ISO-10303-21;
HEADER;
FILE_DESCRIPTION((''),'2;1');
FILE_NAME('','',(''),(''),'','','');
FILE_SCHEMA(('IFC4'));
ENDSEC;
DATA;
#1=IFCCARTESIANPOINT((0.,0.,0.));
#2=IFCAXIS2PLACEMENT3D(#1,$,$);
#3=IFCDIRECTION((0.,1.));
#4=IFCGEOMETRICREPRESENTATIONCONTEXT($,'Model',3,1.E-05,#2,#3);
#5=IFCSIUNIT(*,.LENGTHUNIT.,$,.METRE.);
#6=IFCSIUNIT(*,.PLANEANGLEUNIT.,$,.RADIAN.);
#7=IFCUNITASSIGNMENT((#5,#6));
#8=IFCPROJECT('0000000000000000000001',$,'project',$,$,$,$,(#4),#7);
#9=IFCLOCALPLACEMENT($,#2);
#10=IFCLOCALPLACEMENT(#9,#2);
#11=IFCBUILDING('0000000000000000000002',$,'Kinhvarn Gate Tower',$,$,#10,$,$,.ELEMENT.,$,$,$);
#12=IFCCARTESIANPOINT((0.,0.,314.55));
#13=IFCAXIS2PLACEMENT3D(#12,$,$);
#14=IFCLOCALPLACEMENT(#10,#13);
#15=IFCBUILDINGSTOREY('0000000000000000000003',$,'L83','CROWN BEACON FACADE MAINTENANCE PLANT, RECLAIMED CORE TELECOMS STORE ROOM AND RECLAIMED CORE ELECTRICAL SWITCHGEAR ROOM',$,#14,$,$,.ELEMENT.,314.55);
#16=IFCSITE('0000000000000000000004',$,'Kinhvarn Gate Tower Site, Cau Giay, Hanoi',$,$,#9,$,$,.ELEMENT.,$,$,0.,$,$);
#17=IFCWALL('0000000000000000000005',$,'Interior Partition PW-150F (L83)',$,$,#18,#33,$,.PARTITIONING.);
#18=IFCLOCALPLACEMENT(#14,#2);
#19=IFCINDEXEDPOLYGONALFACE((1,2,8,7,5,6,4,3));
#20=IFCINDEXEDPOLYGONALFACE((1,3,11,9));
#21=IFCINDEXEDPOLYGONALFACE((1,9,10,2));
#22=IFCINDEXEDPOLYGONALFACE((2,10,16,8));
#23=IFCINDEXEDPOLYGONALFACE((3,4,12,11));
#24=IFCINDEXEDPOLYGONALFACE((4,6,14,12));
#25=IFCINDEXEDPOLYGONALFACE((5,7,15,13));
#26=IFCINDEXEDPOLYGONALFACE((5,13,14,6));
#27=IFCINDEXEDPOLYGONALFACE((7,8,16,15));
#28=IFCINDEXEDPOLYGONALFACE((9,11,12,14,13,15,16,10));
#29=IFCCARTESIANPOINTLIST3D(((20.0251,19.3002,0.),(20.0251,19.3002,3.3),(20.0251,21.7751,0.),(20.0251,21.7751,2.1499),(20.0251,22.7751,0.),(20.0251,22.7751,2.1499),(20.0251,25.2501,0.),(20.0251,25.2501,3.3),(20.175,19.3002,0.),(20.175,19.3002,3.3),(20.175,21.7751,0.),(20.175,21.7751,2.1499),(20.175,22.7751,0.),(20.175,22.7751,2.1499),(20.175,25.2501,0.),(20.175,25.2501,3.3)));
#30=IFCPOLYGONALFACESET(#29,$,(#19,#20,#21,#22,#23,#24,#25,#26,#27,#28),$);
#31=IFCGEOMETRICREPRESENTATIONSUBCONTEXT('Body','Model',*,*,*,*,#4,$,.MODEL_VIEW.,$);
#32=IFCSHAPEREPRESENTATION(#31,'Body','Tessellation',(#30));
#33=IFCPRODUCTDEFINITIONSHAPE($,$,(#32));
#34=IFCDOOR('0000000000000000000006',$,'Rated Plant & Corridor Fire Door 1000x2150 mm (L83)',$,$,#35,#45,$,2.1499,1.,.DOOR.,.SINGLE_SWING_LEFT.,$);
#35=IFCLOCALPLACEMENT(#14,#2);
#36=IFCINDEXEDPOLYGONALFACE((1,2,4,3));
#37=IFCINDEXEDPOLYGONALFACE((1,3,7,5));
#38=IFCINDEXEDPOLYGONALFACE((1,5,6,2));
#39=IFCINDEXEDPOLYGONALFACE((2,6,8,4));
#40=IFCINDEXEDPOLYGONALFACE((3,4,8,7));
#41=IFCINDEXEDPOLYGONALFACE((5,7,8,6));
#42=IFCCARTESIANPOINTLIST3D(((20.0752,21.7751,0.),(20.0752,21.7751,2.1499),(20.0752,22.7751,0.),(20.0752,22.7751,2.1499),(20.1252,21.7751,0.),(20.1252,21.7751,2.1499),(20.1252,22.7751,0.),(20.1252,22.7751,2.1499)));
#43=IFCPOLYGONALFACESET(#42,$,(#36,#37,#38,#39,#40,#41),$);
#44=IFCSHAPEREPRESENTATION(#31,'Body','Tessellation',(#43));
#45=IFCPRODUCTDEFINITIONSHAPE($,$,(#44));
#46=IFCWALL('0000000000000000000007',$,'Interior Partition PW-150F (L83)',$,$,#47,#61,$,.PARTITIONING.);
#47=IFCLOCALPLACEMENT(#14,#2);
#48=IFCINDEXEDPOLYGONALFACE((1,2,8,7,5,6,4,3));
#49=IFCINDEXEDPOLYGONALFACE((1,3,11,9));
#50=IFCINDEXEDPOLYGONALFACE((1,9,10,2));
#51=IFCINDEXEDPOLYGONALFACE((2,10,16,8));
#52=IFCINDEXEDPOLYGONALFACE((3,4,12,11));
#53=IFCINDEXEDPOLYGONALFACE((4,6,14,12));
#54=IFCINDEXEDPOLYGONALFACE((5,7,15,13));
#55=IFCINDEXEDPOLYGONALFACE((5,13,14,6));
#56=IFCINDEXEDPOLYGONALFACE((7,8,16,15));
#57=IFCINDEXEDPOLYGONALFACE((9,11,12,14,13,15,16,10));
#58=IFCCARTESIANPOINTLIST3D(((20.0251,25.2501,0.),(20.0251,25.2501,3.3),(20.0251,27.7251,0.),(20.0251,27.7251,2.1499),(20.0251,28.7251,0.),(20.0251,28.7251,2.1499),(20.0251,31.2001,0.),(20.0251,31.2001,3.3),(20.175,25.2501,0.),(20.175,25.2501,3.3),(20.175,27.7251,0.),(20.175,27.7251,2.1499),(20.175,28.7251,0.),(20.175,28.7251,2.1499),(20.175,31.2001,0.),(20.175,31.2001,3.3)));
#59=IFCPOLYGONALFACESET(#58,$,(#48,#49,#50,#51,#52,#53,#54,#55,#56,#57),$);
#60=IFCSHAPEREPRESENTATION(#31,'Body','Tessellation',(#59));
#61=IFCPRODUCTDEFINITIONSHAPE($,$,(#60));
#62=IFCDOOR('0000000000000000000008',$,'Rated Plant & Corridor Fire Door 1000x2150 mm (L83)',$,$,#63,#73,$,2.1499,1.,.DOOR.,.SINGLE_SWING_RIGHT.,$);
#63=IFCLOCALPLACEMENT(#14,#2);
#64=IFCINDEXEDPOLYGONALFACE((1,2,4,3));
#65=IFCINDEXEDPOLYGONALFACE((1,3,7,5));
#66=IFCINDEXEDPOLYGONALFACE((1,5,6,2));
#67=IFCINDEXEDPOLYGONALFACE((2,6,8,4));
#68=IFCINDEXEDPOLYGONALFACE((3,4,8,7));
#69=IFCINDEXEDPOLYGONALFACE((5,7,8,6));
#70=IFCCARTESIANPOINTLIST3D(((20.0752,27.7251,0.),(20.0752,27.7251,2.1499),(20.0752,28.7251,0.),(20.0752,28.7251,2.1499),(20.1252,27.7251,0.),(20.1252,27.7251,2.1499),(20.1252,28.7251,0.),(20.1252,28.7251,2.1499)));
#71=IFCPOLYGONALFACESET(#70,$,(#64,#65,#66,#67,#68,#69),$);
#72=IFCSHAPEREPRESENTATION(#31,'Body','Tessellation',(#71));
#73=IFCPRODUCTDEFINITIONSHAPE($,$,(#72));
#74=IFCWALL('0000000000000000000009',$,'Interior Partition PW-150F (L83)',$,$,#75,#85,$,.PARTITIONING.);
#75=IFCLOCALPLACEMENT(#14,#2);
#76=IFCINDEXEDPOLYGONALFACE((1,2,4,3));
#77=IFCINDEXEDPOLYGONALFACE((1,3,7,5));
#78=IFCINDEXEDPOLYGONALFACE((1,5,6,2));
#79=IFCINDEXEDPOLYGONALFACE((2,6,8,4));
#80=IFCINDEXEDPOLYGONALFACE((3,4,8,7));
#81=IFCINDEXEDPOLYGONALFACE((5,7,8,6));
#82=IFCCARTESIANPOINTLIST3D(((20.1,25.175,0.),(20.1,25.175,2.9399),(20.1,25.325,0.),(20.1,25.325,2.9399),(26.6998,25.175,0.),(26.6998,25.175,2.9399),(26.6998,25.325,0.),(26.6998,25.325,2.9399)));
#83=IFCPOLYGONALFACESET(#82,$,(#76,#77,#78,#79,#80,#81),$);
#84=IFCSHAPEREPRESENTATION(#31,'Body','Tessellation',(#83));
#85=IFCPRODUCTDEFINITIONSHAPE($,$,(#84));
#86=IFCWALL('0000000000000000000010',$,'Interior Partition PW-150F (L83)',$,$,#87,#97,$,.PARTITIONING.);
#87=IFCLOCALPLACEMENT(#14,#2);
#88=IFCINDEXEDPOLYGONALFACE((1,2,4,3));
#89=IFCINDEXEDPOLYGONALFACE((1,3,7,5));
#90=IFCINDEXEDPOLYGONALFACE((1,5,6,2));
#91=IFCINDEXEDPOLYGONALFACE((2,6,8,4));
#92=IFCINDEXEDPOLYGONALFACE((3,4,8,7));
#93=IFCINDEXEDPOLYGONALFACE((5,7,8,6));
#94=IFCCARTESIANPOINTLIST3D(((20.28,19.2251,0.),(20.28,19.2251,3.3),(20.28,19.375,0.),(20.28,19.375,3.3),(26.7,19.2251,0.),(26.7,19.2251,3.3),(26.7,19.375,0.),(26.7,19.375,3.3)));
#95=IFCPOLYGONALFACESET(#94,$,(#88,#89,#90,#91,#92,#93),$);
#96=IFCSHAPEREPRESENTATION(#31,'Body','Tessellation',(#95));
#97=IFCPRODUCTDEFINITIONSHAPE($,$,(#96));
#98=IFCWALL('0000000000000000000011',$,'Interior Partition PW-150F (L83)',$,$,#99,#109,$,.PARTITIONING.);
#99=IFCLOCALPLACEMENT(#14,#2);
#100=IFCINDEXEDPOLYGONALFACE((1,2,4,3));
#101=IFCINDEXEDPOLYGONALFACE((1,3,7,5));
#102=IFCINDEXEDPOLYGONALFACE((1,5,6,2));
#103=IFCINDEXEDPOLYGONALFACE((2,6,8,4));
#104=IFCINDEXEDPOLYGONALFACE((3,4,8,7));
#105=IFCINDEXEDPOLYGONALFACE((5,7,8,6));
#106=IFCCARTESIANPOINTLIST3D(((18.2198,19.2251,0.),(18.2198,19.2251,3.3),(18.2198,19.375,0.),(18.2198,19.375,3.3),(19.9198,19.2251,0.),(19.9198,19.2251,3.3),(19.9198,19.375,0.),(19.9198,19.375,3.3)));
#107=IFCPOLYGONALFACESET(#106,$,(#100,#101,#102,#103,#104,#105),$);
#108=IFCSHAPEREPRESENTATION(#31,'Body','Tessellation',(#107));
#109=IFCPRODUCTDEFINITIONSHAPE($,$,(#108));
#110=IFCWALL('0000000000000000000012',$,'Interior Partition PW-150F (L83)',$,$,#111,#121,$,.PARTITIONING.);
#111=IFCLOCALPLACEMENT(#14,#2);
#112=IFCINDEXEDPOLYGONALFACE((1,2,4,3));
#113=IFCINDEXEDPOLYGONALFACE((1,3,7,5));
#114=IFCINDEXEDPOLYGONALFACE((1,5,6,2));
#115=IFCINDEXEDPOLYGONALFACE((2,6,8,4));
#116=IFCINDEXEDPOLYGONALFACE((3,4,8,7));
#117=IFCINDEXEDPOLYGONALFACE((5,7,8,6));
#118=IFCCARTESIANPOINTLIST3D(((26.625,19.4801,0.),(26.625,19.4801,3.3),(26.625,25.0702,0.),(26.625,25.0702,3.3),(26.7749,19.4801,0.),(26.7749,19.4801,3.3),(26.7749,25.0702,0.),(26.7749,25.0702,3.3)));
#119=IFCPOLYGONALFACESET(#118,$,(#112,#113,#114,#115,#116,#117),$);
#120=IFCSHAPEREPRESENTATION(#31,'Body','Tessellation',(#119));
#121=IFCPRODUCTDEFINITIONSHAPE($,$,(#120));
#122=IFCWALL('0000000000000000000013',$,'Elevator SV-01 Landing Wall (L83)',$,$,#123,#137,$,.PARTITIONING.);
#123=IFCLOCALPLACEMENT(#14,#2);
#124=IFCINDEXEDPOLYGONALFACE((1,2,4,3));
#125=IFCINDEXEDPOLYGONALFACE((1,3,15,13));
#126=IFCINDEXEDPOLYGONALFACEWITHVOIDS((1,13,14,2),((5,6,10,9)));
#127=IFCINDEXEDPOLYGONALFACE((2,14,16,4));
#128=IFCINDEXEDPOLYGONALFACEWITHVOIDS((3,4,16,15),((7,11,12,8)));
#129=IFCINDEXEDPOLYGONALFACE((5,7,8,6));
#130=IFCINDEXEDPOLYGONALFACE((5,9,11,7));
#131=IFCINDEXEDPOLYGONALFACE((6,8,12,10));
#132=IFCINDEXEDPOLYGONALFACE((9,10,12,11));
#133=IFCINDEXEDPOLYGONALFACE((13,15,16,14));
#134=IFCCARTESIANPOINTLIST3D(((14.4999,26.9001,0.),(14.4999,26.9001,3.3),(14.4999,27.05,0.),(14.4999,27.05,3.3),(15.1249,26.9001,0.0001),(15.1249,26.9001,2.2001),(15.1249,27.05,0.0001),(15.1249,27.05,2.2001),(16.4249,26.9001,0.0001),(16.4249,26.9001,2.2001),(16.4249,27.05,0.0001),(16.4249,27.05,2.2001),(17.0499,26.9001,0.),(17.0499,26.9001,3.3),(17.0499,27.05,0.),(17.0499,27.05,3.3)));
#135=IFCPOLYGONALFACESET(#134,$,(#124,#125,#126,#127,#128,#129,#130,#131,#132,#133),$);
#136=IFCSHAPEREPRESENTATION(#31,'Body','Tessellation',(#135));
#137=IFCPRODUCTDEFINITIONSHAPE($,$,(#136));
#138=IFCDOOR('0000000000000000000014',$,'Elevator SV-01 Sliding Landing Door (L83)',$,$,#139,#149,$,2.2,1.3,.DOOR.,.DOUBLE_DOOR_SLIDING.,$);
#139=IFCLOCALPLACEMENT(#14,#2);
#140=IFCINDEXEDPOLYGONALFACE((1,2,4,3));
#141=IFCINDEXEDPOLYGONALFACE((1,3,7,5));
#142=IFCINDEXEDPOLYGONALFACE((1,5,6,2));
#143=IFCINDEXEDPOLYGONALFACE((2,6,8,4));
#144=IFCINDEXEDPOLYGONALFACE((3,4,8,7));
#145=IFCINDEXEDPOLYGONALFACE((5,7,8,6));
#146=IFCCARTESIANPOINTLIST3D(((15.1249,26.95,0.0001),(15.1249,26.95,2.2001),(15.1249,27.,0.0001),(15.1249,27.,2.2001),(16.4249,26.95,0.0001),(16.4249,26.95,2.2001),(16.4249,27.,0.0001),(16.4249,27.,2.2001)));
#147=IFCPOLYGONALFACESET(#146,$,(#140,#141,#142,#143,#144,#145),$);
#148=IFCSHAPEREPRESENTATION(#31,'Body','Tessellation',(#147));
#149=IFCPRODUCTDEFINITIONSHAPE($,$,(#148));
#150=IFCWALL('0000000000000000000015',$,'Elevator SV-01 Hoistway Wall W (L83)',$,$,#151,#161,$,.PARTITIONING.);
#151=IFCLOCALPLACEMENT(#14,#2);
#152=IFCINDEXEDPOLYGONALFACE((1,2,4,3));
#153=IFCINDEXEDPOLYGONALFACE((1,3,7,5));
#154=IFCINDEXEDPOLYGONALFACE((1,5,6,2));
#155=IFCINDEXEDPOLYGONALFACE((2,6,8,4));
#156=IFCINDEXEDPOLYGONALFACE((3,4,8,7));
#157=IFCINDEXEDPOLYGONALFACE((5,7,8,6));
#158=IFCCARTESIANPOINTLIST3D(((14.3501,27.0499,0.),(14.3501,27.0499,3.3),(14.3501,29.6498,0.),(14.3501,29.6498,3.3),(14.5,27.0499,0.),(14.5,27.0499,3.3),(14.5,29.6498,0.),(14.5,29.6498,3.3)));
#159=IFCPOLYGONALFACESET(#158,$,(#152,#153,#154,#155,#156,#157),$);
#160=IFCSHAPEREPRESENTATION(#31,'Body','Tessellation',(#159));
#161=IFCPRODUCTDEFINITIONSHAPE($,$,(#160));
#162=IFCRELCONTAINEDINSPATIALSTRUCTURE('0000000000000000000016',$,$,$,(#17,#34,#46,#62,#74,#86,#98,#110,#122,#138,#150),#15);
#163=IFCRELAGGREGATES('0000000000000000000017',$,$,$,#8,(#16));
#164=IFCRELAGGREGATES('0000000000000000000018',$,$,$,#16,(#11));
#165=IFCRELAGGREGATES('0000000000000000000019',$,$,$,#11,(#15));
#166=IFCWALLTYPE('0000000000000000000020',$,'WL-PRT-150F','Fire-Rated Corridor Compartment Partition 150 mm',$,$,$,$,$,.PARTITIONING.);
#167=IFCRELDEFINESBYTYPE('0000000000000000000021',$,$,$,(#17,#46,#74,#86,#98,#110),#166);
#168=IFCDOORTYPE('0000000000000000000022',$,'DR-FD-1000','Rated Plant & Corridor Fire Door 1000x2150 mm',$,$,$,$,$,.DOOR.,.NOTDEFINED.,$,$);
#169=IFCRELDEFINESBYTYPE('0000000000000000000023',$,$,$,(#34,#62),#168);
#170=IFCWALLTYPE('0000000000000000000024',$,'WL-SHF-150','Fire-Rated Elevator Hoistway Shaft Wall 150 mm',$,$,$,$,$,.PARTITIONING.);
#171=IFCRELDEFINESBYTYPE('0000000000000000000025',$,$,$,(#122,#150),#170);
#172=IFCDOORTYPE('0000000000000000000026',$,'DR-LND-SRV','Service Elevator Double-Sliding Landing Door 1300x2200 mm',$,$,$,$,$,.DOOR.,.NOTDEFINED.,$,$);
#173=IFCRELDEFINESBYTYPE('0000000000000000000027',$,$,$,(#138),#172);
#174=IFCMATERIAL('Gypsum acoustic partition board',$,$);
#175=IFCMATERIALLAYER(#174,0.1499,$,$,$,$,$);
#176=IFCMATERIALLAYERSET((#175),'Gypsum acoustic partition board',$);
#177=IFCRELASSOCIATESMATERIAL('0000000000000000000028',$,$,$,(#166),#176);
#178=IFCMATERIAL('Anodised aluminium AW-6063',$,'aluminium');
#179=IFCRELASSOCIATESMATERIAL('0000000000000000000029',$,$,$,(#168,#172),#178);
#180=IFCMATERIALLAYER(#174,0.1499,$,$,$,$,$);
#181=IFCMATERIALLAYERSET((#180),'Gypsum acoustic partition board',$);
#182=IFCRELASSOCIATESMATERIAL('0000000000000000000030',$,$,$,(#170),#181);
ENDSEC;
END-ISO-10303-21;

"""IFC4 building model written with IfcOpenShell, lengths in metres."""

from ifc_helpers import new_model, si_unit, direction, frame, frame_2d, origin, place, context, subcontext, project, spatial, rectangle, extrude, material, layer, layer_set, type_object, element, fill, save


model = new_model("IFC4")

# Units and contexts
model_context = context("Model", 3, precision=1e-05, world=origin(), true_north=direction((0.0, 1.0)))
body_context = subcontext(model_context, "Body", "Model", "MODEL_VIEW")
ifc_project = project(units=[si_unit("LENGTHUNIT", "METRE"), si_unit("PLANEANGLEUNIT", "RADIAN")], contexts=[model_context])

# Site, building, storey
site_placement = place(None, origin())
site = spatial("IfcSite", under=ifc_project, at=site_placement, Name="Kinhvarn Gate Tower Site, Cau Giay, Hanoi", CompositionType="ELEMENT", RefElevation=0.0)
building_placement = place(site_placement, origin())
building = spatial("IfcBuilding", under=site, at=building_placement, Name="Kinhvarn Gate Tower", CompositionType="ELEMENT")
storey_placement = place(building_placement, frame((0.0, 0.0, 314.55)))
storey = spatial("IfcBuildingStorey", under=building, at=storey_placement, Name="L83", Description="CROWN BEACON FACADE MAINTENANCE PLANT, RECLAIMED CORE TELECOMS STORE ROOM AND RECLAIMED CORE ELECTRICAL SWITCHGEAR ROOM", CompositionType="ELEMENT", Elevation=314.55)

# Shared definitions
ifc_material_1 = material(Name="Gypsum acoustic partition board")
ifc_layer_1 = layer(ifc_material_1, 0.1499)
ifc_layer_set_1 = layer_set([ifc_layer_1], Name="Gypsum acoustic partition board")
wall_type_1 = type_object("IfcWallType", Name="WL-PRT-150F", Description="Fire-Rated Corridor Compartment Partition 150 mm", PredefinedType="PARTITIONING", material=ifc_layer_set_1)

# Shared definitions
ifc_material_2 = material(Name="Anodised aluminium AW-6063", Category="aluminium")

# Walls, openings, doors
wall_1_placement = place(storey_placement, frame((20.1001, 19.3, 0.0), z_axis=(0.0, 0.0, 1.0), x_axis=(0.0, 1.0, 0.0)))
wall_1 = element("IfcWall", 1, at=wall_1_placement, inside=storey, type_object=wall_type_1, Name="Interior Partition PW-150F (L83)", PredefinedType="PARTITIONING", context=body_context, shape_type="SweptSolid", body=[
    extrude(rectangle(XDim=5.95, YDim=0.1499, at=frame_2d((2.9751, 0.0))), origin(), (0.0, 0.0, 1.0), 3.3),
])
opening_1_placement = place(wall_1_placement, frame((2.4751, 0.0, 0.0)))
opening_1 = element("IfcOpeningElement", 2, at=opening_1_placement, cuts=wall_1, PredefinedType="OPENING", context=body_context, shape_type="SweptSolid", body=[
    extrude(rectangle(XDim=1.0, YDim=2.1499, at=frame_2d((0.5, 1.075))), frame((0.0, 0.085, 0.0), z_axis=(0.0, -1.0, 0.0), x_axis=(1.0, 0.0, 0.0)), (0.0, 0.0, 1.0), 0.1699),
])
door_type_1 = type_object("IfcDoorType", Name="DR-FD-1000", Description="Rated Plant & Corridor Fire Door 1000x2150 mm", OperationType="NOTDEFINED", PredefinedType="DOOR", material=ifc_material_2)
door_1_placement = place(opening_1_placement, origin())
door_1 = element("IfcDoor", 3, at=door_1_placement, inside=storey, type_object=door_type_1, Name="Rated Plant & Corridor Fire Door 1000x2150 mm (L83)", OperationType="SINGLE_SWING_LEFT", OverallHeight=2.1499, OverallWidth=1.0, PredefinedType="DOOR", context=body_context, shape_type="SweptSolid", body=[
    extrude(rectangle(XDim=1.0, YDim=2.1499, at=frame_2d((0.5, 1.075))), frame((0.0, 0.0249, 0.0), z_axis=(0.0, -1.0, 0.0), x_axis=(1.0, 0.0, 0.0)), (0.0, 0.0, 1.0), 0.05),
])
fill(opening_1, door_1)
wall_2_placement = place(storey_placement, frame((20.1001, 25.25, 0.0), z_axis=(0.0, 0.0, 1.0), x_axis=(0.0, 1.0, 0.0)))
wall_2 = element("IfcWall", 4, at=wall_2_placement, inside=storey, type_object=wall_type_1, Name="Interior Partition PW-150F (L83)", PredefinedType="PARTITIONING", context=body_context, shape_type="SweptSolid", body=[
    extrude(rectangle(XDim=5.95, YDim=0.1499, at=frame_2d((2.9751, 0.0))), origin(), (0.0, 0.0, 1.0), 3.3),
])
opening_2_placement = place(wall_2_placement, frame((2.4751, 0.0, 0.0)))
opening_2 = element("IfcOpeningElement", 5, at=opening_2_placement, cuts=wall_2, PredefinedType="OPENING", context=body_context, shape_type="SweptSolid", body=[
    extrude(rectangle(XDim=1.0, YDim=2.1499, at=frame_2d((0.5, 1.075))), frame((0.0, 0.085, 0.0), z_axis=(0.0, -1.0, 0.0), x_axis=(1.0, 0.0, 0.0)), (0.0, 0.0, 1.0), 0.1699),
])
door_2_placement = place(opening_2_placement, origin())
door_2 = element("IfcDoor", 6, at=door_2_placement, inside=storey, type_object=door_type_1, Name="Rated Plant & Corridor Fire Door 1000x2150 mm (L83)", OperationType="SINGLE_SWING_RIGHT", OverallHeight=2.1499, OverallWidth=1.0, PredefinedType="DOOR", context=body_context, shape_type="SweptSolid", body=[
    extrude(rectangle(XDim=1.0, YDim=2.1499, at=frame_2d((0.5, 1.075))), frame((0.0, 0.0249, 0.0), z_axis=(0.0, -1.0, 0.0), x_axis=(1.0, 0.0, 0.0)), (0.0, 0.0, 1.0), 0.05),
])
fill(opening_2, door_2)

# Walls
wall_3_placement = place(storey_placement, frame((20.1001, 25.25, 0.0), z_axis=(0.0, 0.0, 1.0), x_axis=(1.0, 0.0, 0.0)))
element("IfcWall", 7, at=wall_3_placement, inside=storey, type_object=wall_type_1, Name="Interior Partition PW-150F (L83)", PredefinedType="PARTITIONING", context=body_context, shape_type="SweptSolid", body=[
    extrude(rectangle(XDim=6.5999, YDim=0.1499, at=frame_2d((3.2998, 0.0))), origin(), (0.0, 0.0, 1.0), 2.9399),
])
wall_4_placement = place(storey_placement, frame((26.7, 19.3, 0.0), z_axis=(0.0, 0.0, 1.0), x_axis=(-1.0, 0.0, 0.0)))
element("IfcWall", 8, at=wall_4_placement, inside=storey, type_object=wall_type_1, Name="Interior Partition PW-150F (L83)", PredefinedType="PARTITIONING", context=body_context, shape_type="SweptSolid", body=[
    extrude(rectangle(XDim=6.4199, YDim=0.1499, at=frame_2d((3.21, 0.0))), origin(), (0.0, 0.0, 1.0), 3.3),
])
wall_5_placement = place(storey_placement, frame((19.9199, 19.3, 0.0), z_axis=(0.0, 0.0, 1.0), x_axis=(-1.0, 0.0, 0.0)))
element("IfcWall", 9, at=wall_5_placement, inside=storey, type_object=wall_type_1, Name="Interior Partition PW-150F (L83)", PredefinedType="PARTITIONING", context=body_context, shape_type="SweptSolid", body=[
    extrude(rectangle(XDim=1.7, YDim=0.1499, at=frame_2d((0.8501, 0.0))), origin(), (0.0, 0.0, 1.0), 3.3),
])
wall_6_placement = place(storey_placement, frame((26.7, 25.0701, 0.0), z_axis=(0.0, 0.0, 1.0), x_axis=(0.0, -1.0, 0.0)))
element("IfcWall", 10, at=wall_6_placement, inside=storey, type_object=wall_type_1, Name="Interior Partition PW-150F (L83)", PredefinedType="PARTITIONING", context=body_context, shape_type="SweptSolid", body=[
    extrude(rectangle(XDim=5.5901, YDim=0.1499, at=frame_2d((2.7949, 0.0))), origin(), (0.0, 0.0, 1.0), 3.3),
])

# Wall, opening, door
ifc_layer_2 = layer(ifc_material_1, 0.1499)
ifc_layer_set_2 = layer_set([ifc_layer_2], Name="Gypsum acoustic partition board")
wall_type_2 = type_object("IfcWallType", Name="WL-SHF-150", Description="Fire-Rated Elevator Hoistway Shaft Wall 150 mm", PredefinedType="PARTITIONING", material=ifc_layer_set_2)
wall_7_placement = place(storey_placement, frame((14.5, 26.9751, 0.0), z_axis=(0.0, 0.0, 1.0), x_axis=(1.0, 0.0, 0.0)))
wall_7 = element("IfcWall", 11, at=wall_7_placement, inside=storey, type_object=wall_type_2, Name="Elevator SV-01 Landing Wall (L83)", PredefinedType="PARTITIONING", context=body_context, shape_type="SweptSolid", body=[
    extrude(rectangle(XDim=2.55, YDim=0.1499, at=frame_2d((1.2749, 0.0))), origin(), (0.0, 0.0, 1.0), 3.3),
])
opening_3_placement = place(wall_7_placement, frame((0.625, 0.0, 0.0)))
opening_3 = element("IfcOpeningElement", 12, at=opening_3_placement, cuts=wall_7, PredefinedType="OPENING", context=body_context, shape_type="SweptSolid", body=[
    extrude(rectangle(XDim=1.3, YDim=2.2, at=frame_2d((0.6499, 1.1001))), frame((0.0, 0.085, 0.0), z_axis=(0.0, -1.0, 0.0), x_axis=(1.0, 0.0, 0.0)), (0.0, 0.0, 1.0), 0.1699),
])
door_type_2 = type_object("IfcDoorType", Name="DR-LND-SRV", Description="Service Elevator Double-Sliding Landing Door 1300x2200 mm", OperationType="NOTDEFINED", PredefinedType="DOOR", material=ifc_material_2)
door_3_placement = place(opening_3_placement, origin())
door_3 = element("IfcDoor", 13, at=door_3_placement, inside=storey, type_object=door_type_2, Name="Elevator SV-01 Sliding Landing Door (L83)", OperationType="DOUBLE_DOOR_SLIDING", OverallHeight=2.2, OverallWidth=1.3, PredefinedType="DOOR", context=body_context, shape_type="SweptSolid", body=[
    extrude(rectangle(XDim=1.3, YDim=2.2, at=frame_2d((0.6499, 1.1001))), frame((0.0, 0.0249, 0.0), z_axis=(0.0, -1.0, 0.0), x_axis=(1.0, 0.0, 0.0)), (0.0, 0.0, 1.0), 0.05),
])
fill(opening_3, door_3)

# Wall
wall_8_placement = place(storey_placement, frame((14.425, 27.05, 0.0), z_axis=(0.0, 0.0, 1.0), x_axis=(0.0, 1.0, 0.0)))
element("IfcWall", 14, at=wall_8_placement, inside=storey, type_object=wall_type_2, Name="Elevator SV-01 Hoistway Wall W (L83)", PredefinedType="PARTITIONING", context=body_context, shape_type="SweptSolid", body=[
    extrude(rectangle(XDim=2.5999, YDim=0.1499, at=frame_2d((1.2998, 0.0))), origin(), (0.0, 0.0, 1.0), 3.3),
])

save(model, "model.ifc")
